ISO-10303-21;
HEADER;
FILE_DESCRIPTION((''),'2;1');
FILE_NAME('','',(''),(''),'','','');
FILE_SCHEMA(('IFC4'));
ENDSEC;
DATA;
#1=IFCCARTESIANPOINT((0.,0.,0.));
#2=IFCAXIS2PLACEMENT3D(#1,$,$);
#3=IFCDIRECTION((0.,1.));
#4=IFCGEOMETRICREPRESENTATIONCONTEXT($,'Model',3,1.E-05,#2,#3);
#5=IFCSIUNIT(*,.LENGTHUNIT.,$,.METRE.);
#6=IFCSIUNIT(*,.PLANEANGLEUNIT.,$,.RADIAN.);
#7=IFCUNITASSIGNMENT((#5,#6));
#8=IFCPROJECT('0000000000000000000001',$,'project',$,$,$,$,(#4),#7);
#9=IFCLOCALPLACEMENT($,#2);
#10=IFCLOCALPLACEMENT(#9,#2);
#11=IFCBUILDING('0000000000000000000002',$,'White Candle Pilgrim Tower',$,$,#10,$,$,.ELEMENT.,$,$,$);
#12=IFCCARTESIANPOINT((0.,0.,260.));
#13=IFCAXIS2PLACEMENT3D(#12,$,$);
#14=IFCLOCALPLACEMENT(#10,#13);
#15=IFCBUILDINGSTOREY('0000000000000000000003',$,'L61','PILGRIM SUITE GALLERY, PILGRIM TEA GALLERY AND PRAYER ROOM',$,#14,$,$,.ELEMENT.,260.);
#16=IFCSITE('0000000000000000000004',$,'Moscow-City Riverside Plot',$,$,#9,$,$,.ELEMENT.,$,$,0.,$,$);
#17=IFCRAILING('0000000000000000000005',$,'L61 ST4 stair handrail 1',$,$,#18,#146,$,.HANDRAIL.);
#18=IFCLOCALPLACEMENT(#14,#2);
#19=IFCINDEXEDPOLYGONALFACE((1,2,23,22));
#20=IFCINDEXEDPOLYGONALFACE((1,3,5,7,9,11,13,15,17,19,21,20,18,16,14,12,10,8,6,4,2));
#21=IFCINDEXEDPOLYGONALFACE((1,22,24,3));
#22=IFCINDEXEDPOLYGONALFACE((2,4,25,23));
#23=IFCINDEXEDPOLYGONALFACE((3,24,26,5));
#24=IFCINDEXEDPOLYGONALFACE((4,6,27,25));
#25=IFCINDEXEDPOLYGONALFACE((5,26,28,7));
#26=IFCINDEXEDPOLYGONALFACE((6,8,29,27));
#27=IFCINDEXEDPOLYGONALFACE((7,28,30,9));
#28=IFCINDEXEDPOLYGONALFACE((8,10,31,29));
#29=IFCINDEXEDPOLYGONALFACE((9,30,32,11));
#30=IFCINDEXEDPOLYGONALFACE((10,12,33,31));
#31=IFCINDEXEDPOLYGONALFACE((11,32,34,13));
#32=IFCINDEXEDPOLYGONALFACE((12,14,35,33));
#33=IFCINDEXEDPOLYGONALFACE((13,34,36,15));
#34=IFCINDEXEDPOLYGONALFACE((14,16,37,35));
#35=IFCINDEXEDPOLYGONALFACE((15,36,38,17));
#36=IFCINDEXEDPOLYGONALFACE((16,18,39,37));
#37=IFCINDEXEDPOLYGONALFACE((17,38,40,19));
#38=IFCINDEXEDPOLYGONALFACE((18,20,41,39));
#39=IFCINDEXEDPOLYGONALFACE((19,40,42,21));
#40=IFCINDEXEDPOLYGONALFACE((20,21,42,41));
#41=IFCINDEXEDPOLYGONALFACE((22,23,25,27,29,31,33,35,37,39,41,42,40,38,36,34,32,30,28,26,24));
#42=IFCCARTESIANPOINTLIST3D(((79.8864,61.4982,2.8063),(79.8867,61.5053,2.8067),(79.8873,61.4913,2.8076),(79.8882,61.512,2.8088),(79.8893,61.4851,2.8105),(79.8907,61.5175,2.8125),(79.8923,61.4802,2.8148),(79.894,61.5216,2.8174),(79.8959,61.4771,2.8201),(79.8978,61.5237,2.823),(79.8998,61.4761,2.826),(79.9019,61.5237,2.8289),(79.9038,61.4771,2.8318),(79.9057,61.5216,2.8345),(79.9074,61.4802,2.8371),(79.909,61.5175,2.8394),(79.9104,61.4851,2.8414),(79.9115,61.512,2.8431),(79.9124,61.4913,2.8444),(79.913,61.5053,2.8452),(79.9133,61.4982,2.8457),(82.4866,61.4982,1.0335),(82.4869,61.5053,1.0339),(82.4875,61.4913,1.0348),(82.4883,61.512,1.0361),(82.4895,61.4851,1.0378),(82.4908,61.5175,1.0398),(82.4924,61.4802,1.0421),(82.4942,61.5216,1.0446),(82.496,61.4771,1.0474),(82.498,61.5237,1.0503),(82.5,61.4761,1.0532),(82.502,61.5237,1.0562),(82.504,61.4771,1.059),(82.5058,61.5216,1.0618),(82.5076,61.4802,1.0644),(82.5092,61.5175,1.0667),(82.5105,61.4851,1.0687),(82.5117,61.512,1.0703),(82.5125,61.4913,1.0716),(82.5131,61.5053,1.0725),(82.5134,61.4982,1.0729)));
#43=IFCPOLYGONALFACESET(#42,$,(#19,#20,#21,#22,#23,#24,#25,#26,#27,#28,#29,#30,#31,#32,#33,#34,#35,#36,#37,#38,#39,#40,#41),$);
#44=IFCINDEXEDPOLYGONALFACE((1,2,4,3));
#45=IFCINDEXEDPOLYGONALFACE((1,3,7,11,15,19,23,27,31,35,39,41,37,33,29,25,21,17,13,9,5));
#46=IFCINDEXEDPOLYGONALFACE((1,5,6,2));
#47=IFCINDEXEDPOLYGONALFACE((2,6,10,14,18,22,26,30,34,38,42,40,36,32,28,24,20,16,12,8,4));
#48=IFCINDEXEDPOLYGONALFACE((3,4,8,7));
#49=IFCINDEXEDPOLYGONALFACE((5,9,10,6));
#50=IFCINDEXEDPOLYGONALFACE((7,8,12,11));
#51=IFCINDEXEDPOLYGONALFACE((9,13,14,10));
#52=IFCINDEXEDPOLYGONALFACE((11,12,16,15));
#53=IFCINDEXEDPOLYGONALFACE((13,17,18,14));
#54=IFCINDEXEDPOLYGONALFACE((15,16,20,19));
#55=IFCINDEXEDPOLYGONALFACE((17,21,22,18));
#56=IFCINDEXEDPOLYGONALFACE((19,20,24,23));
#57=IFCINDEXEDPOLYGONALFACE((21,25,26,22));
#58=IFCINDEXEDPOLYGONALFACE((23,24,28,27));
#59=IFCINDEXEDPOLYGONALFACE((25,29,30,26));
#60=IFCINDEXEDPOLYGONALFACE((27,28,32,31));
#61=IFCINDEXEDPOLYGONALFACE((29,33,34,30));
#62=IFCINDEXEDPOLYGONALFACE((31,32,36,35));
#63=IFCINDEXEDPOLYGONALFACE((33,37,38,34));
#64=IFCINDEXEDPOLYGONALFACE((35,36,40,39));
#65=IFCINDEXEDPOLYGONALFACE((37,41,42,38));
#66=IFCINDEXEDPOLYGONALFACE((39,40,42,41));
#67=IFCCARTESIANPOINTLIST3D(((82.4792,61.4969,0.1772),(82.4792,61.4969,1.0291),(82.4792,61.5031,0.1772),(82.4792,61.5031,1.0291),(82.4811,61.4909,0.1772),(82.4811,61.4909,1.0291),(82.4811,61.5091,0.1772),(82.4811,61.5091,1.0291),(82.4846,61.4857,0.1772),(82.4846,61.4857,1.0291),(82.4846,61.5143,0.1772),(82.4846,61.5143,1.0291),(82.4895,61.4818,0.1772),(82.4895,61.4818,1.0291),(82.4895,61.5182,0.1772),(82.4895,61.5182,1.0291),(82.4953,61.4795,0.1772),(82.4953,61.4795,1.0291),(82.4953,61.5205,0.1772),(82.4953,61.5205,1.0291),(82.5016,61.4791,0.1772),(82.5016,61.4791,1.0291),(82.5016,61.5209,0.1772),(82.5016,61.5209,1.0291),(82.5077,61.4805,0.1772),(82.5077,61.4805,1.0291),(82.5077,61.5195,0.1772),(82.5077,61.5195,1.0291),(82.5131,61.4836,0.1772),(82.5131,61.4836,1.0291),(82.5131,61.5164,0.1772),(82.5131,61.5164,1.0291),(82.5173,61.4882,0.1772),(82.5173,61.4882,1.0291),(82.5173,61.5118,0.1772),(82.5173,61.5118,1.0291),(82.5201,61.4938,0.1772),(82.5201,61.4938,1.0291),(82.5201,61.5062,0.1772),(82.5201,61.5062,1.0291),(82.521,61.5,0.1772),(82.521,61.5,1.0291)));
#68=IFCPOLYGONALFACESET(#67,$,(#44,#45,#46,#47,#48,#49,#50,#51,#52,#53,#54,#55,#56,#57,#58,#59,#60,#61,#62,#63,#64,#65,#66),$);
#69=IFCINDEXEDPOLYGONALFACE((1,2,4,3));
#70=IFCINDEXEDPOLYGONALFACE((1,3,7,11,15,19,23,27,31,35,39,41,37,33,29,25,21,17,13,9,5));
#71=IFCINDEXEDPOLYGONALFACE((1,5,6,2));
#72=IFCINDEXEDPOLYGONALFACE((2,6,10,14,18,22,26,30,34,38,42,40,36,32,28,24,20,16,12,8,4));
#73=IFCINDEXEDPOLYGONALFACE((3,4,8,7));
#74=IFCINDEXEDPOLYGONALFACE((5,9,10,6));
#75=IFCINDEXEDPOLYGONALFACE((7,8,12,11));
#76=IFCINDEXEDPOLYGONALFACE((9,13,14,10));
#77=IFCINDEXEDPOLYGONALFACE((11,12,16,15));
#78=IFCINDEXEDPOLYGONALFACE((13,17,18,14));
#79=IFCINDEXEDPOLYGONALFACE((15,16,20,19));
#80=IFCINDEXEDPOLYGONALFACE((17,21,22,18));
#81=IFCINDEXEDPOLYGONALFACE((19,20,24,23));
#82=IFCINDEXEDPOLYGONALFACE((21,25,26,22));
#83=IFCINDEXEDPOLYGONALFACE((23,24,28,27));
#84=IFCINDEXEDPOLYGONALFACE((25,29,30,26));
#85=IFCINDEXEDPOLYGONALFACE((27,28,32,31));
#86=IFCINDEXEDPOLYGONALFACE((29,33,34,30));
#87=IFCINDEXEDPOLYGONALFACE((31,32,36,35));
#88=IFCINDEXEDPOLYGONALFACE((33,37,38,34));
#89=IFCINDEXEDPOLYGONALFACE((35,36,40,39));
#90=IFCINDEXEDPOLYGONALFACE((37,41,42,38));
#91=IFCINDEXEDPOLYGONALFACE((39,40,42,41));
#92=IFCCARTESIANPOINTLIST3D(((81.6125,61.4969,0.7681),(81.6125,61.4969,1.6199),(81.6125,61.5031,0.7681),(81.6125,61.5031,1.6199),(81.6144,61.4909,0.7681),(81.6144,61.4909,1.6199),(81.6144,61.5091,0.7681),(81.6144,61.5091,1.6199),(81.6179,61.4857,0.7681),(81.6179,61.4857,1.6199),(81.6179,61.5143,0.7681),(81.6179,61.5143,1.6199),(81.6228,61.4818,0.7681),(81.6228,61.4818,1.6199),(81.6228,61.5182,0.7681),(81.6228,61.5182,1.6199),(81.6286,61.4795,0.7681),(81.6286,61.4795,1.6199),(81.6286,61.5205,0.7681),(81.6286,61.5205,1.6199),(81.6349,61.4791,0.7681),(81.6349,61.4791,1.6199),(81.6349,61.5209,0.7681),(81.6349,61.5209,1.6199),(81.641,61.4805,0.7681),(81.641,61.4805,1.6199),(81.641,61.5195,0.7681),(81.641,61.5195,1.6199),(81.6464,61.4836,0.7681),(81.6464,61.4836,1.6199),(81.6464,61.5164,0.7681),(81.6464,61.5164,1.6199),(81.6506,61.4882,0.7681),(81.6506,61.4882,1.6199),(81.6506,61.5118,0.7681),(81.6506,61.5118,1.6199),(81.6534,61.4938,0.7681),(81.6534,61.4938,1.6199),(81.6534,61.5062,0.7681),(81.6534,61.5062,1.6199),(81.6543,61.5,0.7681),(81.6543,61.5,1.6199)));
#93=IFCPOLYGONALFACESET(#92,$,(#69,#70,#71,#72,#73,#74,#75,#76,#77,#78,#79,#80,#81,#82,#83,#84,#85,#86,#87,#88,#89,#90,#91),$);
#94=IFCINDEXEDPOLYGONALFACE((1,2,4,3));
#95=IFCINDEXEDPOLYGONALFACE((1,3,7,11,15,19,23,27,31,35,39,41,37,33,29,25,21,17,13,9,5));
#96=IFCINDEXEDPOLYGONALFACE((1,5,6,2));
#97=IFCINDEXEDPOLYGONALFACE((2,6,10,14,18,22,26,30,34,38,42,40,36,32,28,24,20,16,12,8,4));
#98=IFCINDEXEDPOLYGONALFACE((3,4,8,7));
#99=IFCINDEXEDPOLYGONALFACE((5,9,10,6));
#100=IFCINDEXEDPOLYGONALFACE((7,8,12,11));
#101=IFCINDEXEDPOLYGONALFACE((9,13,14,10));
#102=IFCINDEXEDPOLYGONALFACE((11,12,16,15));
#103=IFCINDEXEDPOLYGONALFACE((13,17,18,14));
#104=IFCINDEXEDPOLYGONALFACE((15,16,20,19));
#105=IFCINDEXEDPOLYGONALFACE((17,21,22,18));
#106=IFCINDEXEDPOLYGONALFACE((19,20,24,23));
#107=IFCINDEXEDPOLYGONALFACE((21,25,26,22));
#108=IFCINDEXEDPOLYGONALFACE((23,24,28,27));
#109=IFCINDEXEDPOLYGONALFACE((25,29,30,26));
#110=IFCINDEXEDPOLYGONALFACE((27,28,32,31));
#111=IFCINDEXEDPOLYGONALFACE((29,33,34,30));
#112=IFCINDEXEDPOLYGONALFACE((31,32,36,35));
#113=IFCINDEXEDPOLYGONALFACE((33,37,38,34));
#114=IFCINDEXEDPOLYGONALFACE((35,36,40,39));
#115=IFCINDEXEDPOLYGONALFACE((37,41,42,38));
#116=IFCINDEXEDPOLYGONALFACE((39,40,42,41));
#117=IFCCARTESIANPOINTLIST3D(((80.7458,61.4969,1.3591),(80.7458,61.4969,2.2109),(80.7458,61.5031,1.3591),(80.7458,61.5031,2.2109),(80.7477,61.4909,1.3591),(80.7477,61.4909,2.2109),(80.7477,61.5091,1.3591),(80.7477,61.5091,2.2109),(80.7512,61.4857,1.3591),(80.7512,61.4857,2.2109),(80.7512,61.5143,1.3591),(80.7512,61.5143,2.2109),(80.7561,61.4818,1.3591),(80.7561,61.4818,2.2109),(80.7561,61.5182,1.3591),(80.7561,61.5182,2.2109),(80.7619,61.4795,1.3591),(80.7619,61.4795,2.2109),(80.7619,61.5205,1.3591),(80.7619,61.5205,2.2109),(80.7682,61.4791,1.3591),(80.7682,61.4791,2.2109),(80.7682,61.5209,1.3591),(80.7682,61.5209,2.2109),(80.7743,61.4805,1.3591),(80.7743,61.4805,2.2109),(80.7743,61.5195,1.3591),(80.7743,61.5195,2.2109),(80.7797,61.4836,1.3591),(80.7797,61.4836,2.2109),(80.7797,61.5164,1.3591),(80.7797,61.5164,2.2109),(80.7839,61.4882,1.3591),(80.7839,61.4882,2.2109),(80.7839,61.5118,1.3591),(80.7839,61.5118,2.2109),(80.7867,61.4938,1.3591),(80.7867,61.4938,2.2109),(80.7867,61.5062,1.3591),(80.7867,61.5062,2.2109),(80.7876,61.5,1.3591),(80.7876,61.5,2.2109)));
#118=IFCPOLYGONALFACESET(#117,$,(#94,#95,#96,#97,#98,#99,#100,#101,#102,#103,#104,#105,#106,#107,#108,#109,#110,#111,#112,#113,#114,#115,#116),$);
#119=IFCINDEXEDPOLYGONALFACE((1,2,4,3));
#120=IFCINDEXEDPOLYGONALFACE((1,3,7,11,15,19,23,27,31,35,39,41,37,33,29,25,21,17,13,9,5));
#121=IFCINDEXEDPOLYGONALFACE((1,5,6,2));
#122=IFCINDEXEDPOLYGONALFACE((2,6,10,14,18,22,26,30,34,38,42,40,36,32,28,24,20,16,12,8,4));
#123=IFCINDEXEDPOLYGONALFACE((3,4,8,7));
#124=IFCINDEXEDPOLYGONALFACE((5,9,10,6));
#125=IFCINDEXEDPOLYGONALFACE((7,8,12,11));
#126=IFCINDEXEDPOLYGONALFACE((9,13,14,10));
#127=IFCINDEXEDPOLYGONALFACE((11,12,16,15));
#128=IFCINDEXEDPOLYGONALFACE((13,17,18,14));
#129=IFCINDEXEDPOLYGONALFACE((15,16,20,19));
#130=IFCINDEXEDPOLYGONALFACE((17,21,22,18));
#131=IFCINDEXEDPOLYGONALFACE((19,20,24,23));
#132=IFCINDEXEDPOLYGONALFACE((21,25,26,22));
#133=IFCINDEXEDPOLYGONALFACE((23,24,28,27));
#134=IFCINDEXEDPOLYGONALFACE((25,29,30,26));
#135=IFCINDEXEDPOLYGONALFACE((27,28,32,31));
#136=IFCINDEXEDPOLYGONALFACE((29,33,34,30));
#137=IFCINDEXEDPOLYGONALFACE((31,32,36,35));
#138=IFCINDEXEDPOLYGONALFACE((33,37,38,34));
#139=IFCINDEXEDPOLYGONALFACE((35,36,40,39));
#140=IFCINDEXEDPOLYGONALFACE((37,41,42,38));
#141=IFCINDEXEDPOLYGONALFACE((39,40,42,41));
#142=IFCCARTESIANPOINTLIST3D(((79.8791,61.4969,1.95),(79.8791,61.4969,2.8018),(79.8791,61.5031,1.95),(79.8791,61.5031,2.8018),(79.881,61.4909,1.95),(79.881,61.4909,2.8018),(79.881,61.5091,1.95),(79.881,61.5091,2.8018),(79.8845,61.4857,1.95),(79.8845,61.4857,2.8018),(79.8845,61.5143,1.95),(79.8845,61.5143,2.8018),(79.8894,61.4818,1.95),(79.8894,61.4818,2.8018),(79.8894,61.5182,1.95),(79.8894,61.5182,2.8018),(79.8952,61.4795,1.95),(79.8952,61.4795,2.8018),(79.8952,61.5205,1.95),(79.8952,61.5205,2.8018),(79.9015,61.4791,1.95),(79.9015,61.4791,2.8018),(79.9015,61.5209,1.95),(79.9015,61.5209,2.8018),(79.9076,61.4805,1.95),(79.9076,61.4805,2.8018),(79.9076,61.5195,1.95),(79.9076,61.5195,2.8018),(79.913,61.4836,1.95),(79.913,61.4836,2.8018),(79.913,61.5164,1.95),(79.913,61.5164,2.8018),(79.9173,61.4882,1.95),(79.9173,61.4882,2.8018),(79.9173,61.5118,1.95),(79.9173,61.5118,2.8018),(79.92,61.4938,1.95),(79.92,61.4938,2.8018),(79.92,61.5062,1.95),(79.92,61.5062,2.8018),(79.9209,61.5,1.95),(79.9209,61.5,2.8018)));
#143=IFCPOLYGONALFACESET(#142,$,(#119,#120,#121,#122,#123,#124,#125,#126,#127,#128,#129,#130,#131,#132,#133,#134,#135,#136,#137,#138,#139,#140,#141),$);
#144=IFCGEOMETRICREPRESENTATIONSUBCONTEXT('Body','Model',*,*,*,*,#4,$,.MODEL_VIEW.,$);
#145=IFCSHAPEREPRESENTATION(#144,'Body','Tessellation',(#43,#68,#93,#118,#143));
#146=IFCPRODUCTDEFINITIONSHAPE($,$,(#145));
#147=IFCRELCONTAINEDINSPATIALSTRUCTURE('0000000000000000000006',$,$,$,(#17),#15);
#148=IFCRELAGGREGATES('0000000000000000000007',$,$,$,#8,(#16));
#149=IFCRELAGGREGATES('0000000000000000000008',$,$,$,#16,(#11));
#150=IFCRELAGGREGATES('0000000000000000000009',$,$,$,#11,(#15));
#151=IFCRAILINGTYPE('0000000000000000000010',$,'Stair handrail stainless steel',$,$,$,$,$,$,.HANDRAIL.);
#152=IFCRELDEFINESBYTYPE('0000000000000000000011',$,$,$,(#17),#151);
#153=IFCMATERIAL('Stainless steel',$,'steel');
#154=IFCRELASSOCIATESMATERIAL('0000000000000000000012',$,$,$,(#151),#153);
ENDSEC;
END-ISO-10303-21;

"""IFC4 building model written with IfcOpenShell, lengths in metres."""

from ifc_helpers import new_model, si_unit, direction, frame, origin, origin_2d, place, context, subcontext, project, spatial, circle, extrude, material, type_object, element, save


model = new_model("IFC4")

# Units and contexts
model_context = context("Model", 3, precision=1e-05, world=origin(), true_north=direction((0.0, 1.0)))
body_context = subcontext(model_context, "Body", "Model", "MODEL_VIEW")
ifc_project = project(units=[si_unit("LENGTHUNIT", "METRE"), si_unit("PLANEANGLEUNIT", "RADIAN")], contexts=[model_context])

# Site, building, storey
site_placement = place(None, origin())
site = spatial("IfcSite", under=ifc_project, at=site_placement, Name="Moscow-City Riverside Plot", CompositionType="ELEMENT", RefElevation=0.0)
building_placement = place(site_placement, origin())
building = spatial("IfcBuilding", under=site, at=building_placement, Name="White Candle Pilgrim Tower", CompositionType="ELEMENT")
storey_placement = place(building_placement, frame((0.0, 0.0, 260.0)))
storey = spatial("IfcBuildingStorey", under=building, at=storey_placement, Name="L61", Description="PILGRIM SUITE GALLERY, PILGRIM TEA GALLERY AND PRAYER ROOM", CompositionType="ELEMENT", Elevation=260.0)

# Railing
ifc_material_1 = material(Name="Stainless steel", Category="steel")
railing_type_1 = type_object("IfcRailingType", Name="Stair handrail stainless steel", PredefinedType="HANDRAIL", material=ifc_material_1)
railing_1_placement = place(storey_placement, frame((82.5, 61.5, 0.1772)))
element("IfcRailing", 1, at=railing_1_placement, inside=storey, type_object=railing_type_1, Name="L61 ST4 stair handrail 1", PredefinedType="HANDRAIL", context=body_context, shape_type="SweptSolid", body=[
    extrude(circle(Radius=0.0239, at=origin_2d()), frame((0.0, 0.0, 0.876), z_axis=(-0.82624, 0.0, 0.563318), x_axis=(0.0, -1.0, 0.0)), (0.0, 0.0, 1.0), 3.147),
    extrude(circle(Radius=0.021, at=origin_2d()), origin(), (0.0, 0.0, 1.0), 0.8518),
    extrude(circle(Radius=0.021, at=origin_2d()), frame((-0.8667, 0.0, 0.5908)), (0.0, 0.0, 1.0), 0.8518),
    extrude(circle(Radius=0.021, at=origin_2d()), frame((-1.7334, 0.0, 1.1819)), (0.0, 0.0, 1.0), 0.8518),
    extrude(circle(Radius=0.021, at=origin_2d()), frame((-2.6001, 0.0, 1.7727)), (0.0, 0.0, 1.0), 0.8518),
])

save(model, "model.ifc")
